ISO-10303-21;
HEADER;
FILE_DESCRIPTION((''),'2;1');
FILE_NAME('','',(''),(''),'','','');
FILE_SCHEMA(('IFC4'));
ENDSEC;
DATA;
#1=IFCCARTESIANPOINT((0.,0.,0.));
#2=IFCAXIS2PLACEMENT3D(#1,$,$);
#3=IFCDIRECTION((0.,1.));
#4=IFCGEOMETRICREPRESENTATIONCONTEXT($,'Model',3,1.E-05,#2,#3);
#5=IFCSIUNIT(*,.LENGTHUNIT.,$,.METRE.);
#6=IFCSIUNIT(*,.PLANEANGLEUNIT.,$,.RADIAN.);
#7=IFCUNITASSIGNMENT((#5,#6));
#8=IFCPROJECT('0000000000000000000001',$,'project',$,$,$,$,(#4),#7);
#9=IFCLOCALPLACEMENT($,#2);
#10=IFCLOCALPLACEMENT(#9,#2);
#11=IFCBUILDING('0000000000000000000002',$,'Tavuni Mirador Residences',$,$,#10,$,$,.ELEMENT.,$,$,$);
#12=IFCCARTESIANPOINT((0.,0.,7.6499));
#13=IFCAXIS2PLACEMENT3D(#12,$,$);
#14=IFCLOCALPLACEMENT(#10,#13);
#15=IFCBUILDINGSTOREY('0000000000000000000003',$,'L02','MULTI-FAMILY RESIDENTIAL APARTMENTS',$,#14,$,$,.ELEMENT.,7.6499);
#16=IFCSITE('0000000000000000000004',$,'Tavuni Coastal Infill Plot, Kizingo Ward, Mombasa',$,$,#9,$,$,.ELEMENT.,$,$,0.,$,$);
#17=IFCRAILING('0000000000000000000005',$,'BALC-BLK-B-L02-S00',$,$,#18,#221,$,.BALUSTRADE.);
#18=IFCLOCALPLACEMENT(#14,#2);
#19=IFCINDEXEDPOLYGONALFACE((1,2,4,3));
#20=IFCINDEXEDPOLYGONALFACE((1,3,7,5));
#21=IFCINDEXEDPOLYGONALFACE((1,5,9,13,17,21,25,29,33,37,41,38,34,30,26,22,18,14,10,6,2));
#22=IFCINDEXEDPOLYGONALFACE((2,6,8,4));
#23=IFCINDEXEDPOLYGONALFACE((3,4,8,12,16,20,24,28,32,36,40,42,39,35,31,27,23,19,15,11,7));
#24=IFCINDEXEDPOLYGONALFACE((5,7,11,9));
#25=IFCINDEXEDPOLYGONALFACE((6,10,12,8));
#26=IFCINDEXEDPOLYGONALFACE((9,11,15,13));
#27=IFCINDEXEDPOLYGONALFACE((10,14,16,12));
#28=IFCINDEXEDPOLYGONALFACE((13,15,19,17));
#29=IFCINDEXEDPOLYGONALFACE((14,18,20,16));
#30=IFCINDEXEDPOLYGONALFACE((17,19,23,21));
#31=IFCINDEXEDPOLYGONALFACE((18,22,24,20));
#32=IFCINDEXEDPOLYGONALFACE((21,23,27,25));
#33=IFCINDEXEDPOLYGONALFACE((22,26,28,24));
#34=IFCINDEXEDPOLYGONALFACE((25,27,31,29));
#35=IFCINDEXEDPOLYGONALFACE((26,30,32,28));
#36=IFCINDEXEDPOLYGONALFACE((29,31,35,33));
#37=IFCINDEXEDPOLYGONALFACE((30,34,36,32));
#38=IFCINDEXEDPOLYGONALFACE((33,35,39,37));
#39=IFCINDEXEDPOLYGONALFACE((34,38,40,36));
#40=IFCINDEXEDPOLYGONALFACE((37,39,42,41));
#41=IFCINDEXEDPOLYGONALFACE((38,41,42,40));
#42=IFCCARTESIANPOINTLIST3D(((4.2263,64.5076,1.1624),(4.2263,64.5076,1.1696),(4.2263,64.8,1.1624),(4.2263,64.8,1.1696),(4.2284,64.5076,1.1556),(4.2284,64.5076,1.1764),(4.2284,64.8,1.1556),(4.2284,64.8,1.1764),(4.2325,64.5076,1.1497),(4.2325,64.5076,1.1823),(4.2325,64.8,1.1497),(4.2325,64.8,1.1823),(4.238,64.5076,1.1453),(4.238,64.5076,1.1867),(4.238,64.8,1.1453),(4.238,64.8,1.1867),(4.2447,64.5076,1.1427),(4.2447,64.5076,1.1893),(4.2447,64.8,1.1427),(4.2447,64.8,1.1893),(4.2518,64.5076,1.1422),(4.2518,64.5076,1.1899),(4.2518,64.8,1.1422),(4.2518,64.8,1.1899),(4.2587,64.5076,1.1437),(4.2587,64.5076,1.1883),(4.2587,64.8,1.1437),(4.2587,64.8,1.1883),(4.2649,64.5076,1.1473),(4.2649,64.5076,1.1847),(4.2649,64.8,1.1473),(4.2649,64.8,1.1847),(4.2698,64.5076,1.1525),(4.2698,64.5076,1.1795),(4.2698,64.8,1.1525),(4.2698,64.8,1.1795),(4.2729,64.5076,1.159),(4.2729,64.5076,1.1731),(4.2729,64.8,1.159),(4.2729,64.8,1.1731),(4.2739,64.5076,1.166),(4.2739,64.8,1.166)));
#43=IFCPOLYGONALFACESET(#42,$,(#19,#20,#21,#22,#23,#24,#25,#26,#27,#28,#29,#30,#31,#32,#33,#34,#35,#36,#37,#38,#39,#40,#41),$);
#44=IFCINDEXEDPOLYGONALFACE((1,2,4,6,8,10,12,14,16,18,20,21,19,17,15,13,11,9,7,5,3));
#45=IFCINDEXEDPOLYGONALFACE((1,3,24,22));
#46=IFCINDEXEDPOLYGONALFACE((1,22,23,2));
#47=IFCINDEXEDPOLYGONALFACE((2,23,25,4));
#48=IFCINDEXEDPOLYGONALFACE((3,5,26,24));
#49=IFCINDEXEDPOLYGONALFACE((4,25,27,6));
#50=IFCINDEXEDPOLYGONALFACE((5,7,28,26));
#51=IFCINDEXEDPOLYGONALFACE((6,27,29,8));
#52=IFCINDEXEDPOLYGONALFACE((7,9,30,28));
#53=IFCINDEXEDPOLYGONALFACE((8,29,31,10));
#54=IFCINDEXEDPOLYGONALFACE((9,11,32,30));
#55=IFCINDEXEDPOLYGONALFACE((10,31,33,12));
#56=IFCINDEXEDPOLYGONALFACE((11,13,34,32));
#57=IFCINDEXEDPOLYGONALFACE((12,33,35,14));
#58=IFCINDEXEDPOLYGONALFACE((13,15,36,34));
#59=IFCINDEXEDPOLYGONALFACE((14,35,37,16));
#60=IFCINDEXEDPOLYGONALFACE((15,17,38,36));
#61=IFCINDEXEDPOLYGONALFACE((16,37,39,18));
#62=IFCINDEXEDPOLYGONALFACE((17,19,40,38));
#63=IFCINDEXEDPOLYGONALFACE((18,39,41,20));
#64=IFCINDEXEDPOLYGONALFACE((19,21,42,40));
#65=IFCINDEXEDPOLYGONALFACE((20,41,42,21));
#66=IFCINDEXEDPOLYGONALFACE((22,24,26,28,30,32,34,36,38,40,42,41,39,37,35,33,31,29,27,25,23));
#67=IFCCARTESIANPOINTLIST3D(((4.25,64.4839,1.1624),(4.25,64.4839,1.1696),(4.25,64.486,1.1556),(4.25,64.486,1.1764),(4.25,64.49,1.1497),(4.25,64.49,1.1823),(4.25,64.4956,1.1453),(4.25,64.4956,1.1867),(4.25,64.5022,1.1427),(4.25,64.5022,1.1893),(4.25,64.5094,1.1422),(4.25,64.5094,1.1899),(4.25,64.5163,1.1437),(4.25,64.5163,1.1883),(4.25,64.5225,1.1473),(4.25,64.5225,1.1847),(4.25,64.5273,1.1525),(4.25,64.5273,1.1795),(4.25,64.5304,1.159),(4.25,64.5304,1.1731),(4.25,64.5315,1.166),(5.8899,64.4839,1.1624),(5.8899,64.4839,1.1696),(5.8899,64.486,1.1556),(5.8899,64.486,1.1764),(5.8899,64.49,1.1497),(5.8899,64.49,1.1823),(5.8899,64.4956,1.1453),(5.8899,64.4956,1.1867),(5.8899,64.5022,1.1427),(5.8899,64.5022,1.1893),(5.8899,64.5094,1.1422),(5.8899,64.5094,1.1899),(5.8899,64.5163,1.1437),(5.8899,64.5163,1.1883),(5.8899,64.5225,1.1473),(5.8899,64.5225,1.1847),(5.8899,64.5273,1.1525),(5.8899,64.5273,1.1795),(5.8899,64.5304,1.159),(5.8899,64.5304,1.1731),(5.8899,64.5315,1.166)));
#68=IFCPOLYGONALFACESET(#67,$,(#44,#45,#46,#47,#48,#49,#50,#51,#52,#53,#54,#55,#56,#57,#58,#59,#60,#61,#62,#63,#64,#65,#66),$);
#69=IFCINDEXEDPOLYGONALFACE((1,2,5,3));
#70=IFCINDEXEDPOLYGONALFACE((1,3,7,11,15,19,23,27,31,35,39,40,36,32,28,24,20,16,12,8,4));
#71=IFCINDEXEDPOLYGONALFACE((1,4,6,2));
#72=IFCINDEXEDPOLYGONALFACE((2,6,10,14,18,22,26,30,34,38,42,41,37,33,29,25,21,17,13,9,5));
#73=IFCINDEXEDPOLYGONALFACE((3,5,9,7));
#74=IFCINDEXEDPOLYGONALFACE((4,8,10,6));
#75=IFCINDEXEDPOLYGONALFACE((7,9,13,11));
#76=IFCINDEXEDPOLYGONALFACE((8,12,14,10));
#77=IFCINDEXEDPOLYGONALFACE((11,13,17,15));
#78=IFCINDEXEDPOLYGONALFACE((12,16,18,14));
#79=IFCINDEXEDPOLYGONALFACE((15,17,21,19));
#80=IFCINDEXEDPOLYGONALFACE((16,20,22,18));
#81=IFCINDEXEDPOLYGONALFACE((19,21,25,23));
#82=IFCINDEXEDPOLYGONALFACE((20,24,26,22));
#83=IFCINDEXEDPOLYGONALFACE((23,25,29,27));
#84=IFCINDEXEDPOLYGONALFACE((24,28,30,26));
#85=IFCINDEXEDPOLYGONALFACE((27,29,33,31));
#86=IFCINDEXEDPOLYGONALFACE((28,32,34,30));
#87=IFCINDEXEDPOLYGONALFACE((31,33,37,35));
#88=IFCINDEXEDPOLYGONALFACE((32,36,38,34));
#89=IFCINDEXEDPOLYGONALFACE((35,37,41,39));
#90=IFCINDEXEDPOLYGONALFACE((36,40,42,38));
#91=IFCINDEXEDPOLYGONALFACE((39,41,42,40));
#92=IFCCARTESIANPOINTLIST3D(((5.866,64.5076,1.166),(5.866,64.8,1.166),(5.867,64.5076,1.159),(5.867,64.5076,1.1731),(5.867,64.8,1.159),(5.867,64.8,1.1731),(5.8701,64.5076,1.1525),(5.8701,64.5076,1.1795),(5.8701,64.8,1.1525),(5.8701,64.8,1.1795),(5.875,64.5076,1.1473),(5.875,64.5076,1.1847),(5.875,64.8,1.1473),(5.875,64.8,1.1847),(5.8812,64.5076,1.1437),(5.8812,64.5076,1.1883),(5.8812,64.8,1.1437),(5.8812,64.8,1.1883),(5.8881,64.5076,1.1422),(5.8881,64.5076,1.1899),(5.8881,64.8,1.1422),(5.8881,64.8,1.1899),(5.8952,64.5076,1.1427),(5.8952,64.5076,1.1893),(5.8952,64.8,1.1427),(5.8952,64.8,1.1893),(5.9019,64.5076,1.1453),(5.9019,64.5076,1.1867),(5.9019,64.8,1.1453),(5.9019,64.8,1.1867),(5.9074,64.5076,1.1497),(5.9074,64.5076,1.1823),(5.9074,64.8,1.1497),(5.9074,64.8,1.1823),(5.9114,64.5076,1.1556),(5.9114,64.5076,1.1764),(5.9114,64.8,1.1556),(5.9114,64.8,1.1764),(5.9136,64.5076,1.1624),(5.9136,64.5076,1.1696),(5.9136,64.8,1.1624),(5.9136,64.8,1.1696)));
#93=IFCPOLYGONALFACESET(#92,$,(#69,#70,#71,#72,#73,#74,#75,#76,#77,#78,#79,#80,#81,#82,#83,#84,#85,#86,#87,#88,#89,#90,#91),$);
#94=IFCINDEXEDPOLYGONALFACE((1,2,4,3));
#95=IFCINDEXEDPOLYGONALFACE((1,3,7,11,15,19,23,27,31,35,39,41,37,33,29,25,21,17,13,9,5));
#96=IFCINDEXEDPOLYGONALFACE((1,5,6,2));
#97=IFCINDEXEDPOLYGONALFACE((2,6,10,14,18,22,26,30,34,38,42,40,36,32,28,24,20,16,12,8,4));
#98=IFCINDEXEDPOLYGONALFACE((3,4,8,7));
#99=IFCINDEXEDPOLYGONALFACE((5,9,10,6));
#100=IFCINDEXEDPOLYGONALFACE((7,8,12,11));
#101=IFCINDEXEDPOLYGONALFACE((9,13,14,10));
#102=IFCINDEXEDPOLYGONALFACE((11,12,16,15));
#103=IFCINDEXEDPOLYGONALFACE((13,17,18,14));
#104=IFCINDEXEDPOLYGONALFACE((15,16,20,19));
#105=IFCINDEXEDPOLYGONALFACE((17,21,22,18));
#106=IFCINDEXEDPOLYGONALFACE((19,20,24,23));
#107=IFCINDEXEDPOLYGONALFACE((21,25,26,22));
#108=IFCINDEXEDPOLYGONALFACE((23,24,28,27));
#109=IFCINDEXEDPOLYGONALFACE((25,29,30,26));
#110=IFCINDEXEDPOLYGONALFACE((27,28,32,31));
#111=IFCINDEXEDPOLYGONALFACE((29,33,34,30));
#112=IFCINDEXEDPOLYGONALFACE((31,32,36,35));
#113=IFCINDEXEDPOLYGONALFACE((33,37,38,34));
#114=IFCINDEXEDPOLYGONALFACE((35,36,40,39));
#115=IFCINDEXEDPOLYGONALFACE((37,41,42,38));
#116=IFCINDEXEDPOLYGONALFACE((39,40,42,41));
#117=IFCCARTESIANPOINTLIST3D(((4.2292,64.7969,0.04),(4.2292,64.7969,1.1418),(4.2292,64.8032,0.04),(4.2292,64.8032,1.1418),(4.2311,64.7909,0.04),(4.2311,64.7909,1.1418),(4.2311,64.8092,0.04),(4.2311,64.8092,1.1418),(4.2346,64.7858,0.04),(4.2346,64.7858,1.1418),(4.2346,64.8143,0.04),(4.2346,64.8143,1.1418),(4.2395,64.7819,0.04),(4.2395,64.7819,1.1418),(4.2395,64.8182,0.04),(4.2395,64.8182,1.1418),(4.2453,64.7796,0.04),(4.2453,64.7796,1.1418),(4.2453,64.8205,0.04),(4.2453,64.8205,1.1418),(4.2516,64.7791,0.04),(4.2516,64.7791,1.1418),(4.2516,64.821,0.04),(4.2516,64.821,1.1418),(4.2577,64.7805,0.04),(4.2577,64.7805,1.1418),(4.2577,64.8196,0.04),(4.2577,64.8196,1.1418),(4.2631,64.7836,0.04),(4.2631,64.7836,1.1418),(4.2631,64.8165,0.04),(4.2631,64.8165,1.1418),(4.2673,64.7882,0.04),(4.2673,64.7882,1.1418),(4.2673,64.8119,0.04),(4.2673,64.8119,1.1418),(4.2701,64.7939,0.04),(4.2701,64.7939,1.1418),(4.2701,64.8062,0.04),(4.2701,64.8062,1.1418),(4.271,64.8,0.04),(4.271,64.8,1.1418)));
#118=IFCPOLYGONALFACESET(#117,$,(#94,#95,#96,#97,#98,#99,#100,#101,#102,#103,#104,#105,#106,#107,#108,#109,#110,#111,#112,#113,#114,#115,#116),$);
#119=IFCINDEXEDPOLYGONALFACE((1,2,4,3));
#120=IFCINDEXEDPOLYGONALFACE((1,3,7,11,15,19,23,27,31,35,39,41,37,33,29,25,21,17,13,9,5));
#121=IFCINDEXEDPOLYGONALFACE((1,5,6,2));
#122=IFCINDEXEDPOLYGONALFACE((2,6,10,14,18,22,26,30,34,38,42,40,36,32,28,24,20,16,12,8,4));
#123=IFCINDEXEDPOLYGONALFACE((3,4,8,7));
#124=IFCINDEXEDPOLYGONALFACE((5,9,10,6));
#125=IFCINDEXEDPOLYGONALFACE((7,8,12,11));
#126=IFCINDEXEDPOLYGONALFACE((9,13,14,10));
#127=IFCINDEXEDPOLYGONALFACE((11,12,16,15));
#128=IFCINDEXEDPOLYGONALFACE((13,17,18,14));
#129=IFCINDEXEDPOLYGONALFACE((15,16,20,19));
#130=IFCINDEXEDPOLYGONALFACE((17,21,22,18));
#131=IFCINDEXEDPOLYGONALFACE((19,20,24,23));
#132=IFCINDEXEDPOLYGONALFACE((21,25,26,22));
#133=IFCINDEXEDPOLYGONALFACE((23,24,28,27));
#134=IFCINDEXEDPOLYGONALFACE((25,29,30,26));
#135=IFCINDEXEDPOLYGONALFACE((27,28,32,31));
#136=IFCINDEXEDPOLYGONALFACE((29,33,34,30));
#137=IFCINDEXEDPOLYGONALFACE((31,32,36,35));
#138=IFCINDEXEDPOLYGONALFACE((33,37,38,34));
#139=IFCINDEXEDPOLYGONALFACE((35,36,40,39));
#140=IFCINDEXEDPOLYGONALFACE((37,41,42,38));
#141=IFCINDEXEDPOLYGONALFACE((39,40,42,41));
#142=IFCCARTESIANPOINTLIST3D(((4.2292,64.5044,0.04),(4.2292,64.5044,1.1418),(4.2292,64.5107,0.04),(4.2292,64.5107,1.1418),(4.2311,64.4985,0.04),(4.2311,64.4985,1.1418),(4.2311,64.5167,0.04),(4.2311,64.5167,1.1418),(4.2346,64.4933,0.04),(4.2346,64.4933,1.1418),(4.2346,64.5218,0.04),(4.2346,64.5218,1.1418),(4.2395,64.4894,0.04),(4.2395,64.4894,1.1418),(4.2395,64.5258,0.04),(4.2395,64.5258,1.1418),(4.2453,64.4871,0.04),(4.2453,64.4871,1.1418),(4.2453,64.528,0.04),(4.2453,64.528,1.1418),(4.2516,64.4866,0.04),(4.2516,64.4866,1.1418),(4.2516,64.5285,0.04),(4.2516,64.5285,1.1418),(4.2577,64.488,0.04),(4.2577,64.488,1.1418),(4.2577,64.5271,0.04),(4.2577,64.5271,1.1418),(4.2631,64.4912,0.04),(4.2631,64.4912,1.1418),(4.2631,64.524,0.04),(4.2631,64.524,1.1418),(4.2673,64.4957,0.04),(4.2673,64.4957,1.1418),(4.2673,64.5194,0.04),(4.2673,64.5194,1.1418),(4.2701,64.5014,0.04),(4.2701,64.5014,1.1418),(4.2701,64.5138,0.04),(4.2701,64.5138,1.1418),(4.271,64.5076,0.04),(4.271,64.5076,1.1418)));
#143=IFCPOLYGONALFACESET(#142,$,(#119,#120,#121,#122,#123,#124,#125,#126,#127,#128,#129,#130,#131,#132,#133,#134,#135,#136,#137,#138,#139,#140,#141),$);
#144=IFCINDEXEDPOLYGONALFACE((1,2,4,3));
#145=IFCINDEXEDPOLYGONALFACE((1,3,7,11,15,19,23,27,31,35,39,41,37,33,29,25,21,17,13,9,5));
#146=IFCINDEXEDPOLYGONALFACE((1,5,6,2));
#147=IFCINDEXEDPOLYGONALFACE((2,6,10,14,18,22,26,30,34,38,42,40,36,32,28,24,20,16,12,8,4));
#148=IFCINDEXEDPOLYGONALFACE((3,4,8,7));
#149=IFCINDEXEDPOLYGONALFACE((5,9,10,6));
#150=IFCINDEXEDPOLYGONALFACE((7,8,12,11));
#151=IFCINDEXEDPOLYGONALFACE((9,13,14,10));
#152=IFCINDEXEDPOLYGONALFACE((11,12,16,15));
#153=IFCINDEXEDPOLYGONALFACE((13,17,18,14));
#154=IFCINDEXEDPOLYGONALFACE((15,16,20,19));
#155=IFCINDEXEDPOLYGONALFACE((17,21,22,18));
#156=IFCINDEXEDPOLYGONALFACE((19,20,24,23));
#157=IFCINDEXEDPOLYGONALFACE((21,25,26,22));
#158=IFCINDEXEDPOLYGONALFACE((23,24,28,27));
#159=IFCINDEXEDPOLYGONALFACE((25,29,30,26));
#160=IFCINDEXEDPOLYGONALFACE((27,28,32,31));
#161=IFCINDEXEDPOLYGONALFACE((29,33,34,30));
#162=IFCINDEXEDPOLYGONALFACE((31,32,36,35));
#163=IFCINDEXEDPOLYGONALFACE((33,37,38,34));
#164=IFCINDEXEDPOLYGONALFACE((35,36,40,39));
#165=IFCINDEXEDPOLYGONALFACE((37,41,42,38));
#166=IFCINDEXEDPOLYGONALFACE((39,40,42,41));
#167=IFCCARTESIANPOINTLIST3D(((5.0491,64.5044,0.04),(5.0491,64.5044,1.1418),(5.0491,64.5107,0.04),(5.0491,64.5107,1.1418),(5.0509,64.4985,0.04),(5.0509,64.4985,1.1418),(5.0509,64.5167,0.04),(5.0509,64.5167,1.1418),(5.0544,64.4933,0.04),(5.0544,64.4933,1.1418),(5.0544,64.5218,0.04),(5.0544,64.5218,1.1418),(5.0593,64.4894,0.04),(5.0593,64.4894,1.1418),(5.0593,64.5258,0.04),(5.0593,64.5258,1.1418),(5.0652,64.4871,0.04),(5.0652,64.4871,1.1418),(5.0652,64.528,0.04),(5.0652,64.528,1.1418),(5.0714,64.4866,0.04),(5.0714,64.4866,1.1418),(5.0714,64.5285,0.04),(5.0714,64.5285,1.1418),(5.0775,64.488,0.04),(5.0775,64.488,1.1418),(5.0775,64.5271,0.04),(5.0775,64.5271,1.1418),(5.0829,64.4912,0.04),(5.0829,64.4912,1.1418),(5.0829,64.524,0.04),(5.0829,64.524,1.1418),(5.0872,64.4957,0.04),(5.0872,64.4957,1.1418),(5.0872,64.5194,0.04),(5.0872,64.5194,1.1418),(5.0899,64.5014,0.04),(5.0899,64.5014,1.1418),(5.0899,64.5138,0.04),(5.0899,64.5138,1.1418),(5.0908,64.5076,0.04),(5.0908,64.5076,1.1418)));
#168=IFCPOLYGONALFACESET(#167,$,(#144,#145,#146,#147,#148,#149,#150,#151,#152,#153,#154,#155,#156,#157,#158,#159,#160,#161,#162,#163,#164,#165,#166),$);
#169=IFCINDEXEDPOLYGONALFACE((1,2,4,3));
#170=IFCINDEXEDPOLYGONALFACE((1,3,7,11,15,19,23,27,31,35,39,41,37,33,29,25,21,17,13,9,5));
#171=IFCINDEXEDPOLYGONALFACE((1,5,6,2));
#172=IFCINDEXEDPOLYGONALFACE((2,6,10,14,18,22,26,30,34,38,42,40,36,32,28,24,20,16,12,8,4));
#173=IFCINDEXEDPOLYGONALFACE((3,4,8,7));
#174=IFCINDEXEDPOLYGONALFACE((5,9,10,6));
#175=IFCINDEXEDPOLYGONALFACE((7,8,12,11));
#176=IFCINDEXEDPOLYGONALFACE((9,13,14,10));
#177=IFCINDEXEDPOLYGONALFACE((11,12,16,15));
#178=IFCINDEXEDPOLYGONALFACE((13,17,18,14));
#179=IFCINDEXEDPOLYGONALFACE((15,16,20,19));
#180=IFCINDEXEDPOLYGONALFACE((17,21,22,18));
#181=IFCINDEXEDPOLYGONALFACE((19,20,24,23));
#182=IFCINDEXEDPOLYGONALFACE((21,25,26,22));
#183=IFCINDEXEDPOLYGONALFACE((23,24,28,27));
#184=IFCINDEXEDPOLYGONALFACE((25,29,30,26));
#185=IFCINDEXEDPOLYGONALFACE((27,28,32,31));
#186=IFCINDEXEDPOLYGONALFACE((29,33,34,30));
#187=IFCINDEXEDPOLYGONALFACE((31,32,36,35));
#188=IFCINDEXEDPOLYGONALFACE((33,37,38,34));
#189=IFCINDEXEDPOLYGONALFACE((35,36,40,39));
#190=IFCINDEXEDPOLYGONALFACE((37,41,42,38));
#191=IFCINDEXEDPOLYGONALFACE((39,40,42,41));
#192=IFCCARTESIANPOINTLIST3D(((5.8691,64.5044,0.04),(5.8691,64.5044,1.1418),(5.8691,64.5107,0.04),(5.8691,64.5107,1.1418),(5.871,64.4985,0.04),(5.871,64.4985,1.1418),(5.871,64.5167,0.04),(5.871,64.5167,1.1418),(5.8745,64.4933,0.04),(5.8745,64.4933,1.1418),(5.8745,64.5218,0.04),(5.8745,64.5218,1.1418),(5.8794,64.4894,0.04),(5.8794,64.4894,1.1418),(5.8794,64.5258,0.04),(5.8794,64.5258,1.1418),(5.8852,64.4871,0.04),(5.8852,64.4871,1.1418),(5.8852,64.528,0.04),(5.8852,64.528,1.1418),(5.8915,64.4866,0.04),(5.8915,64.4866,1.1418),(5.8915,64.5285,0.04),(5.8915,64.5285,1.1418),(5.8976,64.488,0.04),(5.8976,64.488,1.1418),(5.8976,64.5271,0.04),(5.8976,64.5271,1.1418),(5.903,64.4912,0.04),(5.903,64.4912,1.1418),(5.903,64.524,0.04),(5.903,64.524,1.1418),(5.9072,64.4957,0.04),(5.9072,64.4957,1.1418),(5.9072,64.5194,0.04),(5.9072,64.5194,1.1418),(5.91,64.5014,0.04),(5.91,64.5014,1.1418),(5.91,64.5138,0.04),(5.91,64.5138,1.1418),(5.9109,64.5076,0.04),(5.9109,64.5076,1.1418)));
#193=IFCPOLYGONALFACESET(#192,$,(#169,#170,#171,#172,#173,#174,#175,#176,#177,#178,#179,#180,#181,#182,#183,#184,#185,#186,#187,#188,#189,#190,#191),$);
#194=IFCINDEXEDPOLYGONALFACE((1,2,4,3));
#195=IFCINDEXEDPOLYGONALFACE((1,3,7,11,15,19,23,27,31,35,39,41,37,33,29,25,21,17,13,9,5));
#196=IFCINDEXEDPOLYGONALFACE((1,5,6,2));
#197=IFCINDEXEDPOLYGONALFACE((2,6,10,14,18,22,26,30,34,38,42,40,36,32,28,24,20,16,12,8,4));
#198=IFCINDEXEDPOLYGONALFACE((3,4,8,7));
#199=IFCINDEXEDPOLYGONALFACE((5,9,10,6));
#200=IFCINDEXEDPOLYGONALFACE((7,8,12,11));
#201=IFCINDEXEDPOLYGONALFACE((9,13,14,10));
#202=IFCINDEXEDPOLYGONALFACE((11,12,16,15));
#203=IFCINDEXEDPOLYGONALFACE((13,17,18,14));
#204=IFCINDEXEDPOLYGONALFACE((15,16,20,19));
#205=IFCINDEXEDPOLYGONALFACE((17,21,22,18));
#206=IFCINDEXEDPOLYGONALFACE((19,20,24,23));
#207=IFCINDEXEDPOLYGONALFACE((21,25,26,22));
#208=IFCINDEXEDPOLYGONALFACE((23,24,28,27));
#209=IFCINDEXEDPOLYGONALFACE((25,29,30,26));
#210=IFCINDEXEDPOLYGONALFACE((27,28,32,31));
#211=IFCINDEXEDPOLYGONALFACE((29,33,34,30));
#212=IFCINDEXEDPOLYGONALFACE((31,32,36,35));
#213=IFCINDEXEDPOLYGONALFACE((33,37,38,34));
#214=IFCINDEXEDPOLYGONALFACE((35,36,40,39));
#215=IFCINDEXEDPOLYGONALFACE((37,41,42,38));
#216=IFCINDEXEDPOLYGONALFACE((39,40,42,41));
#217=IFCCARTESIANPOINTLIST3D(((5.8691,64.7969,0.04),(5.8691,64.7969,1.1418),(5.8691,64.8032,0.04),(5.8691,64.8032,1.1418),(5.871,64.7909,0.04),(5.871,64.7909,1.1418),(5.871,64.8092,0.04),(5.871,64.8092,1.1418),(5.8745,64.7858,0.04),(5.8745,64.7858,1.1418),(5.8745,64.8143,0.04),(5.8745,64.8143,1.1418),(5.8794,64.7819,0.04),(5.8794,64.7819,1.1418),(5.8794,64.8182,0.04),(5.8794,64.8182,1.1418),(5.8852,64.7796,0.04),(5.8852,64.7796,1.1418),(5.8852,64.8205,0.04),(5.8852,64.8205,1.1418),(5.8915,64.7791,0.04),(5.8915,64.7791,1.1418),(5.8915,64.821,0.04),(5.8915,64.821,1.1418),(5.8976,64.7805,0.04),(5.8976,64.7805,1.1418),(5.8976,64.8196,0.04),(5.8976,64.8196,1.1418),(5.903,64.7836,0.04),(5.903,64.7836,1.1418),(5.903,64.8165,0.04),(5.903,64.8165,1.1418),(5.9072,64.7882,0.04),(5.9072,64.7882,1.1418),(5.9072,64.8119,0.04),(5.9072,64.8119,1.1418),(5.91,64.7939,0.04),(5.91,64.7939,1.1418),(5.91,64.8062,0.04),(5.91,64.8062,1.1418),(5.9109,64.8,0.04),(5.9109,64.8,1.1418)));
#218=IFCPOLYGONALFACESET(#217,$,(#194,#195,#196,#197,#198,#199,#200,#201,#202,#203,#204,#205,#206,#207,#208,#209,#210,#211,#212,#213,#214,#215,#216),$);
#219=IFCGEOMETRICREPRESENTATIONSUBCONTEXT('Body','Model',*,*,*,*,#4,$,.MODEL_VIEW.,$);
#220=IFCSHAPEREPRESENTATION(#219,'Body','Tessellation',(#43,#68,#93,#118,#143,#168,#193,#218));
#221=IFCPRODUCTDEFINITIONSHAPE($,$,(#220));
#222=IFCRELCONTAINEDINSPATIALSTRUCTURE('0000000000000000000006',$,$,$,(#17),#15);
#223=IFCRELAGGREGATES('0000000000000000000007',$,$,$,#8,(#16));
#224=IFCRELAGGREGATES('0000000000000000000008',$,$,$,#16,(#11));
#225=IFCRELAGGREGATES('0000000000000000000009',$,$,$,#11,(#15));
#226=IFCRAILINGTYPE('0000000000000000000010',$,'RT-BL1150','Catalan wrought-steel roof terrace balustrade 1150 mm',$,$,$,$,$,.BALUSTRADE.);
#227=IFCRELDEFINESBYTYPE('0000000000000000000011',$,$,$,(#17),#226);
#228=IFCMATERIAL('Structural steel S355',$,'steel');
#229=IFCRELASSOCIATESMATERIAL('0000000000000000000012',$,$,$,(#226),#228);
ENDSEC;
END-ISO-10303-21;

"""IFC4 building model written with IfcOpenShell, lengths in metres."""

from ifc_helpers import new_model, si_unit, direction, frame, origin, origin_2d, place, context, subcontext, project, spatial, circle, extrude, material, type_object, element, save


model = new_model("IFC4")

# Units and contexts
model_context = context("Model", 3, precision=1e-05, world=origin(), true_north=direction((0.0, 1.0)))
body_context = subcontext(model_context, "Body", "Model", "MODEL_VIEW")
ifc_project = project(units=[si_unit("LENGTHUNIT", "METRE"), si_unit("PLANEANGLEUNIT", "RADIAN")], contexts=[model_context])

# Site, building, storey
site_placement = place(None, origin())
site = spatial("IfcSite", under=ifc_project, at=site_placement, Name="Tavuni Coastal Infill Plot, Kizingo Ward, Mombasa", CompositionType="ELEMENT", RefElevation=0.0)
building_placement = place(site_placement, origin())
building = spatial("IfcBuilding", under=site, at=building_placement, Name="Tavuni Mirador Residences", CompositionType="ELEMENT")
storey_placement = place(building_placement, frame((0.0, 0.0, 7.6499)))
storey = spatial("IfcBuildingStorey", under=building, at=storey_placement, Name="L02", Description="MULTI-FAMILY RESIDENTIAL APARTMENTS", CompositionType="ELEMENT", Elevation=7.6499)

# Railing
ifc_material_1 = material(Name="Structural steel S355", Category="steel")
railing_type = type_object("IfcRailingType", Name="RT-BL1150", Description="Catalan wrought-steel roof terrace balustrade 1150 mm", PredefinedType="BALUSTRADE", material=ifc_material_1)
railing_placement = place(storey_placement, frame((4.25, 64.8, 0.04)))
element("IfcRailing", 1, at=railing_placement, inside=storey, type_object=railing_type, Name="BALC-BLK-B-L02-S00", PredefinedType="BALUSTRADE", context=body_context, shape_type="SweptSolid", body=[
    extrude(circle(Radius=0.0239, at=origin_2d()), frame((0.0, 0.0, 1.126), z_axis=(0.0, -1.0, 0.0), x_axis=(1.0, 0.0, 0.0)), (0.0, 0.0, 1.0), 0.2925),
    extrude(circle(Radius=0.0239, at=origin_2d()), frame((0.0, -0.2925, 1.126), z_axis=(1.0, 0.0, 0.0), x_axis=(0.0, 1.0, 0.0)), (0.0, 0.0, 1.0), 1.6399),
    extrude(circle(Radius=0.0239, at=origin_2d()), frame((1.6399, -0.2925, 1.126), z_axis=(0.0, 1.0, 0.0), x_axis=(-1.0, 0.0, 0.0)), (0.0, 0.0, 1.0), 0.2925),
    extrude(circle(Radius=0.021, at=origin_2d()), origin(), (0.0, 0.0, 1.0), 1.1018),
    extrude(circle(Radius=0.021, at=origin_2d()), frame((0.0, -0.2925, 0.0)), (0.0, 0.0, 1.0), 1.1018),
    extrude(circle(Radius=0.021, at=origin_2d()), frame((0.8198, -0.2925, 0.0)), (0.0, 0.0, 1.0), 1.1018),
    extrude(circle(Radius=0.021, at=origin_2d()), frame((1.6399, -0.2925, 0.0)), (0.0, 0.0, 1.0), 1.1018),
    extrude(circle(Radius=0.021, at=origin_2d()), frame((1.6399, 0.0, 0.0)), (0.0, 0.0, 1.0), 1.1018),
])

save(model, "model.ifc")
